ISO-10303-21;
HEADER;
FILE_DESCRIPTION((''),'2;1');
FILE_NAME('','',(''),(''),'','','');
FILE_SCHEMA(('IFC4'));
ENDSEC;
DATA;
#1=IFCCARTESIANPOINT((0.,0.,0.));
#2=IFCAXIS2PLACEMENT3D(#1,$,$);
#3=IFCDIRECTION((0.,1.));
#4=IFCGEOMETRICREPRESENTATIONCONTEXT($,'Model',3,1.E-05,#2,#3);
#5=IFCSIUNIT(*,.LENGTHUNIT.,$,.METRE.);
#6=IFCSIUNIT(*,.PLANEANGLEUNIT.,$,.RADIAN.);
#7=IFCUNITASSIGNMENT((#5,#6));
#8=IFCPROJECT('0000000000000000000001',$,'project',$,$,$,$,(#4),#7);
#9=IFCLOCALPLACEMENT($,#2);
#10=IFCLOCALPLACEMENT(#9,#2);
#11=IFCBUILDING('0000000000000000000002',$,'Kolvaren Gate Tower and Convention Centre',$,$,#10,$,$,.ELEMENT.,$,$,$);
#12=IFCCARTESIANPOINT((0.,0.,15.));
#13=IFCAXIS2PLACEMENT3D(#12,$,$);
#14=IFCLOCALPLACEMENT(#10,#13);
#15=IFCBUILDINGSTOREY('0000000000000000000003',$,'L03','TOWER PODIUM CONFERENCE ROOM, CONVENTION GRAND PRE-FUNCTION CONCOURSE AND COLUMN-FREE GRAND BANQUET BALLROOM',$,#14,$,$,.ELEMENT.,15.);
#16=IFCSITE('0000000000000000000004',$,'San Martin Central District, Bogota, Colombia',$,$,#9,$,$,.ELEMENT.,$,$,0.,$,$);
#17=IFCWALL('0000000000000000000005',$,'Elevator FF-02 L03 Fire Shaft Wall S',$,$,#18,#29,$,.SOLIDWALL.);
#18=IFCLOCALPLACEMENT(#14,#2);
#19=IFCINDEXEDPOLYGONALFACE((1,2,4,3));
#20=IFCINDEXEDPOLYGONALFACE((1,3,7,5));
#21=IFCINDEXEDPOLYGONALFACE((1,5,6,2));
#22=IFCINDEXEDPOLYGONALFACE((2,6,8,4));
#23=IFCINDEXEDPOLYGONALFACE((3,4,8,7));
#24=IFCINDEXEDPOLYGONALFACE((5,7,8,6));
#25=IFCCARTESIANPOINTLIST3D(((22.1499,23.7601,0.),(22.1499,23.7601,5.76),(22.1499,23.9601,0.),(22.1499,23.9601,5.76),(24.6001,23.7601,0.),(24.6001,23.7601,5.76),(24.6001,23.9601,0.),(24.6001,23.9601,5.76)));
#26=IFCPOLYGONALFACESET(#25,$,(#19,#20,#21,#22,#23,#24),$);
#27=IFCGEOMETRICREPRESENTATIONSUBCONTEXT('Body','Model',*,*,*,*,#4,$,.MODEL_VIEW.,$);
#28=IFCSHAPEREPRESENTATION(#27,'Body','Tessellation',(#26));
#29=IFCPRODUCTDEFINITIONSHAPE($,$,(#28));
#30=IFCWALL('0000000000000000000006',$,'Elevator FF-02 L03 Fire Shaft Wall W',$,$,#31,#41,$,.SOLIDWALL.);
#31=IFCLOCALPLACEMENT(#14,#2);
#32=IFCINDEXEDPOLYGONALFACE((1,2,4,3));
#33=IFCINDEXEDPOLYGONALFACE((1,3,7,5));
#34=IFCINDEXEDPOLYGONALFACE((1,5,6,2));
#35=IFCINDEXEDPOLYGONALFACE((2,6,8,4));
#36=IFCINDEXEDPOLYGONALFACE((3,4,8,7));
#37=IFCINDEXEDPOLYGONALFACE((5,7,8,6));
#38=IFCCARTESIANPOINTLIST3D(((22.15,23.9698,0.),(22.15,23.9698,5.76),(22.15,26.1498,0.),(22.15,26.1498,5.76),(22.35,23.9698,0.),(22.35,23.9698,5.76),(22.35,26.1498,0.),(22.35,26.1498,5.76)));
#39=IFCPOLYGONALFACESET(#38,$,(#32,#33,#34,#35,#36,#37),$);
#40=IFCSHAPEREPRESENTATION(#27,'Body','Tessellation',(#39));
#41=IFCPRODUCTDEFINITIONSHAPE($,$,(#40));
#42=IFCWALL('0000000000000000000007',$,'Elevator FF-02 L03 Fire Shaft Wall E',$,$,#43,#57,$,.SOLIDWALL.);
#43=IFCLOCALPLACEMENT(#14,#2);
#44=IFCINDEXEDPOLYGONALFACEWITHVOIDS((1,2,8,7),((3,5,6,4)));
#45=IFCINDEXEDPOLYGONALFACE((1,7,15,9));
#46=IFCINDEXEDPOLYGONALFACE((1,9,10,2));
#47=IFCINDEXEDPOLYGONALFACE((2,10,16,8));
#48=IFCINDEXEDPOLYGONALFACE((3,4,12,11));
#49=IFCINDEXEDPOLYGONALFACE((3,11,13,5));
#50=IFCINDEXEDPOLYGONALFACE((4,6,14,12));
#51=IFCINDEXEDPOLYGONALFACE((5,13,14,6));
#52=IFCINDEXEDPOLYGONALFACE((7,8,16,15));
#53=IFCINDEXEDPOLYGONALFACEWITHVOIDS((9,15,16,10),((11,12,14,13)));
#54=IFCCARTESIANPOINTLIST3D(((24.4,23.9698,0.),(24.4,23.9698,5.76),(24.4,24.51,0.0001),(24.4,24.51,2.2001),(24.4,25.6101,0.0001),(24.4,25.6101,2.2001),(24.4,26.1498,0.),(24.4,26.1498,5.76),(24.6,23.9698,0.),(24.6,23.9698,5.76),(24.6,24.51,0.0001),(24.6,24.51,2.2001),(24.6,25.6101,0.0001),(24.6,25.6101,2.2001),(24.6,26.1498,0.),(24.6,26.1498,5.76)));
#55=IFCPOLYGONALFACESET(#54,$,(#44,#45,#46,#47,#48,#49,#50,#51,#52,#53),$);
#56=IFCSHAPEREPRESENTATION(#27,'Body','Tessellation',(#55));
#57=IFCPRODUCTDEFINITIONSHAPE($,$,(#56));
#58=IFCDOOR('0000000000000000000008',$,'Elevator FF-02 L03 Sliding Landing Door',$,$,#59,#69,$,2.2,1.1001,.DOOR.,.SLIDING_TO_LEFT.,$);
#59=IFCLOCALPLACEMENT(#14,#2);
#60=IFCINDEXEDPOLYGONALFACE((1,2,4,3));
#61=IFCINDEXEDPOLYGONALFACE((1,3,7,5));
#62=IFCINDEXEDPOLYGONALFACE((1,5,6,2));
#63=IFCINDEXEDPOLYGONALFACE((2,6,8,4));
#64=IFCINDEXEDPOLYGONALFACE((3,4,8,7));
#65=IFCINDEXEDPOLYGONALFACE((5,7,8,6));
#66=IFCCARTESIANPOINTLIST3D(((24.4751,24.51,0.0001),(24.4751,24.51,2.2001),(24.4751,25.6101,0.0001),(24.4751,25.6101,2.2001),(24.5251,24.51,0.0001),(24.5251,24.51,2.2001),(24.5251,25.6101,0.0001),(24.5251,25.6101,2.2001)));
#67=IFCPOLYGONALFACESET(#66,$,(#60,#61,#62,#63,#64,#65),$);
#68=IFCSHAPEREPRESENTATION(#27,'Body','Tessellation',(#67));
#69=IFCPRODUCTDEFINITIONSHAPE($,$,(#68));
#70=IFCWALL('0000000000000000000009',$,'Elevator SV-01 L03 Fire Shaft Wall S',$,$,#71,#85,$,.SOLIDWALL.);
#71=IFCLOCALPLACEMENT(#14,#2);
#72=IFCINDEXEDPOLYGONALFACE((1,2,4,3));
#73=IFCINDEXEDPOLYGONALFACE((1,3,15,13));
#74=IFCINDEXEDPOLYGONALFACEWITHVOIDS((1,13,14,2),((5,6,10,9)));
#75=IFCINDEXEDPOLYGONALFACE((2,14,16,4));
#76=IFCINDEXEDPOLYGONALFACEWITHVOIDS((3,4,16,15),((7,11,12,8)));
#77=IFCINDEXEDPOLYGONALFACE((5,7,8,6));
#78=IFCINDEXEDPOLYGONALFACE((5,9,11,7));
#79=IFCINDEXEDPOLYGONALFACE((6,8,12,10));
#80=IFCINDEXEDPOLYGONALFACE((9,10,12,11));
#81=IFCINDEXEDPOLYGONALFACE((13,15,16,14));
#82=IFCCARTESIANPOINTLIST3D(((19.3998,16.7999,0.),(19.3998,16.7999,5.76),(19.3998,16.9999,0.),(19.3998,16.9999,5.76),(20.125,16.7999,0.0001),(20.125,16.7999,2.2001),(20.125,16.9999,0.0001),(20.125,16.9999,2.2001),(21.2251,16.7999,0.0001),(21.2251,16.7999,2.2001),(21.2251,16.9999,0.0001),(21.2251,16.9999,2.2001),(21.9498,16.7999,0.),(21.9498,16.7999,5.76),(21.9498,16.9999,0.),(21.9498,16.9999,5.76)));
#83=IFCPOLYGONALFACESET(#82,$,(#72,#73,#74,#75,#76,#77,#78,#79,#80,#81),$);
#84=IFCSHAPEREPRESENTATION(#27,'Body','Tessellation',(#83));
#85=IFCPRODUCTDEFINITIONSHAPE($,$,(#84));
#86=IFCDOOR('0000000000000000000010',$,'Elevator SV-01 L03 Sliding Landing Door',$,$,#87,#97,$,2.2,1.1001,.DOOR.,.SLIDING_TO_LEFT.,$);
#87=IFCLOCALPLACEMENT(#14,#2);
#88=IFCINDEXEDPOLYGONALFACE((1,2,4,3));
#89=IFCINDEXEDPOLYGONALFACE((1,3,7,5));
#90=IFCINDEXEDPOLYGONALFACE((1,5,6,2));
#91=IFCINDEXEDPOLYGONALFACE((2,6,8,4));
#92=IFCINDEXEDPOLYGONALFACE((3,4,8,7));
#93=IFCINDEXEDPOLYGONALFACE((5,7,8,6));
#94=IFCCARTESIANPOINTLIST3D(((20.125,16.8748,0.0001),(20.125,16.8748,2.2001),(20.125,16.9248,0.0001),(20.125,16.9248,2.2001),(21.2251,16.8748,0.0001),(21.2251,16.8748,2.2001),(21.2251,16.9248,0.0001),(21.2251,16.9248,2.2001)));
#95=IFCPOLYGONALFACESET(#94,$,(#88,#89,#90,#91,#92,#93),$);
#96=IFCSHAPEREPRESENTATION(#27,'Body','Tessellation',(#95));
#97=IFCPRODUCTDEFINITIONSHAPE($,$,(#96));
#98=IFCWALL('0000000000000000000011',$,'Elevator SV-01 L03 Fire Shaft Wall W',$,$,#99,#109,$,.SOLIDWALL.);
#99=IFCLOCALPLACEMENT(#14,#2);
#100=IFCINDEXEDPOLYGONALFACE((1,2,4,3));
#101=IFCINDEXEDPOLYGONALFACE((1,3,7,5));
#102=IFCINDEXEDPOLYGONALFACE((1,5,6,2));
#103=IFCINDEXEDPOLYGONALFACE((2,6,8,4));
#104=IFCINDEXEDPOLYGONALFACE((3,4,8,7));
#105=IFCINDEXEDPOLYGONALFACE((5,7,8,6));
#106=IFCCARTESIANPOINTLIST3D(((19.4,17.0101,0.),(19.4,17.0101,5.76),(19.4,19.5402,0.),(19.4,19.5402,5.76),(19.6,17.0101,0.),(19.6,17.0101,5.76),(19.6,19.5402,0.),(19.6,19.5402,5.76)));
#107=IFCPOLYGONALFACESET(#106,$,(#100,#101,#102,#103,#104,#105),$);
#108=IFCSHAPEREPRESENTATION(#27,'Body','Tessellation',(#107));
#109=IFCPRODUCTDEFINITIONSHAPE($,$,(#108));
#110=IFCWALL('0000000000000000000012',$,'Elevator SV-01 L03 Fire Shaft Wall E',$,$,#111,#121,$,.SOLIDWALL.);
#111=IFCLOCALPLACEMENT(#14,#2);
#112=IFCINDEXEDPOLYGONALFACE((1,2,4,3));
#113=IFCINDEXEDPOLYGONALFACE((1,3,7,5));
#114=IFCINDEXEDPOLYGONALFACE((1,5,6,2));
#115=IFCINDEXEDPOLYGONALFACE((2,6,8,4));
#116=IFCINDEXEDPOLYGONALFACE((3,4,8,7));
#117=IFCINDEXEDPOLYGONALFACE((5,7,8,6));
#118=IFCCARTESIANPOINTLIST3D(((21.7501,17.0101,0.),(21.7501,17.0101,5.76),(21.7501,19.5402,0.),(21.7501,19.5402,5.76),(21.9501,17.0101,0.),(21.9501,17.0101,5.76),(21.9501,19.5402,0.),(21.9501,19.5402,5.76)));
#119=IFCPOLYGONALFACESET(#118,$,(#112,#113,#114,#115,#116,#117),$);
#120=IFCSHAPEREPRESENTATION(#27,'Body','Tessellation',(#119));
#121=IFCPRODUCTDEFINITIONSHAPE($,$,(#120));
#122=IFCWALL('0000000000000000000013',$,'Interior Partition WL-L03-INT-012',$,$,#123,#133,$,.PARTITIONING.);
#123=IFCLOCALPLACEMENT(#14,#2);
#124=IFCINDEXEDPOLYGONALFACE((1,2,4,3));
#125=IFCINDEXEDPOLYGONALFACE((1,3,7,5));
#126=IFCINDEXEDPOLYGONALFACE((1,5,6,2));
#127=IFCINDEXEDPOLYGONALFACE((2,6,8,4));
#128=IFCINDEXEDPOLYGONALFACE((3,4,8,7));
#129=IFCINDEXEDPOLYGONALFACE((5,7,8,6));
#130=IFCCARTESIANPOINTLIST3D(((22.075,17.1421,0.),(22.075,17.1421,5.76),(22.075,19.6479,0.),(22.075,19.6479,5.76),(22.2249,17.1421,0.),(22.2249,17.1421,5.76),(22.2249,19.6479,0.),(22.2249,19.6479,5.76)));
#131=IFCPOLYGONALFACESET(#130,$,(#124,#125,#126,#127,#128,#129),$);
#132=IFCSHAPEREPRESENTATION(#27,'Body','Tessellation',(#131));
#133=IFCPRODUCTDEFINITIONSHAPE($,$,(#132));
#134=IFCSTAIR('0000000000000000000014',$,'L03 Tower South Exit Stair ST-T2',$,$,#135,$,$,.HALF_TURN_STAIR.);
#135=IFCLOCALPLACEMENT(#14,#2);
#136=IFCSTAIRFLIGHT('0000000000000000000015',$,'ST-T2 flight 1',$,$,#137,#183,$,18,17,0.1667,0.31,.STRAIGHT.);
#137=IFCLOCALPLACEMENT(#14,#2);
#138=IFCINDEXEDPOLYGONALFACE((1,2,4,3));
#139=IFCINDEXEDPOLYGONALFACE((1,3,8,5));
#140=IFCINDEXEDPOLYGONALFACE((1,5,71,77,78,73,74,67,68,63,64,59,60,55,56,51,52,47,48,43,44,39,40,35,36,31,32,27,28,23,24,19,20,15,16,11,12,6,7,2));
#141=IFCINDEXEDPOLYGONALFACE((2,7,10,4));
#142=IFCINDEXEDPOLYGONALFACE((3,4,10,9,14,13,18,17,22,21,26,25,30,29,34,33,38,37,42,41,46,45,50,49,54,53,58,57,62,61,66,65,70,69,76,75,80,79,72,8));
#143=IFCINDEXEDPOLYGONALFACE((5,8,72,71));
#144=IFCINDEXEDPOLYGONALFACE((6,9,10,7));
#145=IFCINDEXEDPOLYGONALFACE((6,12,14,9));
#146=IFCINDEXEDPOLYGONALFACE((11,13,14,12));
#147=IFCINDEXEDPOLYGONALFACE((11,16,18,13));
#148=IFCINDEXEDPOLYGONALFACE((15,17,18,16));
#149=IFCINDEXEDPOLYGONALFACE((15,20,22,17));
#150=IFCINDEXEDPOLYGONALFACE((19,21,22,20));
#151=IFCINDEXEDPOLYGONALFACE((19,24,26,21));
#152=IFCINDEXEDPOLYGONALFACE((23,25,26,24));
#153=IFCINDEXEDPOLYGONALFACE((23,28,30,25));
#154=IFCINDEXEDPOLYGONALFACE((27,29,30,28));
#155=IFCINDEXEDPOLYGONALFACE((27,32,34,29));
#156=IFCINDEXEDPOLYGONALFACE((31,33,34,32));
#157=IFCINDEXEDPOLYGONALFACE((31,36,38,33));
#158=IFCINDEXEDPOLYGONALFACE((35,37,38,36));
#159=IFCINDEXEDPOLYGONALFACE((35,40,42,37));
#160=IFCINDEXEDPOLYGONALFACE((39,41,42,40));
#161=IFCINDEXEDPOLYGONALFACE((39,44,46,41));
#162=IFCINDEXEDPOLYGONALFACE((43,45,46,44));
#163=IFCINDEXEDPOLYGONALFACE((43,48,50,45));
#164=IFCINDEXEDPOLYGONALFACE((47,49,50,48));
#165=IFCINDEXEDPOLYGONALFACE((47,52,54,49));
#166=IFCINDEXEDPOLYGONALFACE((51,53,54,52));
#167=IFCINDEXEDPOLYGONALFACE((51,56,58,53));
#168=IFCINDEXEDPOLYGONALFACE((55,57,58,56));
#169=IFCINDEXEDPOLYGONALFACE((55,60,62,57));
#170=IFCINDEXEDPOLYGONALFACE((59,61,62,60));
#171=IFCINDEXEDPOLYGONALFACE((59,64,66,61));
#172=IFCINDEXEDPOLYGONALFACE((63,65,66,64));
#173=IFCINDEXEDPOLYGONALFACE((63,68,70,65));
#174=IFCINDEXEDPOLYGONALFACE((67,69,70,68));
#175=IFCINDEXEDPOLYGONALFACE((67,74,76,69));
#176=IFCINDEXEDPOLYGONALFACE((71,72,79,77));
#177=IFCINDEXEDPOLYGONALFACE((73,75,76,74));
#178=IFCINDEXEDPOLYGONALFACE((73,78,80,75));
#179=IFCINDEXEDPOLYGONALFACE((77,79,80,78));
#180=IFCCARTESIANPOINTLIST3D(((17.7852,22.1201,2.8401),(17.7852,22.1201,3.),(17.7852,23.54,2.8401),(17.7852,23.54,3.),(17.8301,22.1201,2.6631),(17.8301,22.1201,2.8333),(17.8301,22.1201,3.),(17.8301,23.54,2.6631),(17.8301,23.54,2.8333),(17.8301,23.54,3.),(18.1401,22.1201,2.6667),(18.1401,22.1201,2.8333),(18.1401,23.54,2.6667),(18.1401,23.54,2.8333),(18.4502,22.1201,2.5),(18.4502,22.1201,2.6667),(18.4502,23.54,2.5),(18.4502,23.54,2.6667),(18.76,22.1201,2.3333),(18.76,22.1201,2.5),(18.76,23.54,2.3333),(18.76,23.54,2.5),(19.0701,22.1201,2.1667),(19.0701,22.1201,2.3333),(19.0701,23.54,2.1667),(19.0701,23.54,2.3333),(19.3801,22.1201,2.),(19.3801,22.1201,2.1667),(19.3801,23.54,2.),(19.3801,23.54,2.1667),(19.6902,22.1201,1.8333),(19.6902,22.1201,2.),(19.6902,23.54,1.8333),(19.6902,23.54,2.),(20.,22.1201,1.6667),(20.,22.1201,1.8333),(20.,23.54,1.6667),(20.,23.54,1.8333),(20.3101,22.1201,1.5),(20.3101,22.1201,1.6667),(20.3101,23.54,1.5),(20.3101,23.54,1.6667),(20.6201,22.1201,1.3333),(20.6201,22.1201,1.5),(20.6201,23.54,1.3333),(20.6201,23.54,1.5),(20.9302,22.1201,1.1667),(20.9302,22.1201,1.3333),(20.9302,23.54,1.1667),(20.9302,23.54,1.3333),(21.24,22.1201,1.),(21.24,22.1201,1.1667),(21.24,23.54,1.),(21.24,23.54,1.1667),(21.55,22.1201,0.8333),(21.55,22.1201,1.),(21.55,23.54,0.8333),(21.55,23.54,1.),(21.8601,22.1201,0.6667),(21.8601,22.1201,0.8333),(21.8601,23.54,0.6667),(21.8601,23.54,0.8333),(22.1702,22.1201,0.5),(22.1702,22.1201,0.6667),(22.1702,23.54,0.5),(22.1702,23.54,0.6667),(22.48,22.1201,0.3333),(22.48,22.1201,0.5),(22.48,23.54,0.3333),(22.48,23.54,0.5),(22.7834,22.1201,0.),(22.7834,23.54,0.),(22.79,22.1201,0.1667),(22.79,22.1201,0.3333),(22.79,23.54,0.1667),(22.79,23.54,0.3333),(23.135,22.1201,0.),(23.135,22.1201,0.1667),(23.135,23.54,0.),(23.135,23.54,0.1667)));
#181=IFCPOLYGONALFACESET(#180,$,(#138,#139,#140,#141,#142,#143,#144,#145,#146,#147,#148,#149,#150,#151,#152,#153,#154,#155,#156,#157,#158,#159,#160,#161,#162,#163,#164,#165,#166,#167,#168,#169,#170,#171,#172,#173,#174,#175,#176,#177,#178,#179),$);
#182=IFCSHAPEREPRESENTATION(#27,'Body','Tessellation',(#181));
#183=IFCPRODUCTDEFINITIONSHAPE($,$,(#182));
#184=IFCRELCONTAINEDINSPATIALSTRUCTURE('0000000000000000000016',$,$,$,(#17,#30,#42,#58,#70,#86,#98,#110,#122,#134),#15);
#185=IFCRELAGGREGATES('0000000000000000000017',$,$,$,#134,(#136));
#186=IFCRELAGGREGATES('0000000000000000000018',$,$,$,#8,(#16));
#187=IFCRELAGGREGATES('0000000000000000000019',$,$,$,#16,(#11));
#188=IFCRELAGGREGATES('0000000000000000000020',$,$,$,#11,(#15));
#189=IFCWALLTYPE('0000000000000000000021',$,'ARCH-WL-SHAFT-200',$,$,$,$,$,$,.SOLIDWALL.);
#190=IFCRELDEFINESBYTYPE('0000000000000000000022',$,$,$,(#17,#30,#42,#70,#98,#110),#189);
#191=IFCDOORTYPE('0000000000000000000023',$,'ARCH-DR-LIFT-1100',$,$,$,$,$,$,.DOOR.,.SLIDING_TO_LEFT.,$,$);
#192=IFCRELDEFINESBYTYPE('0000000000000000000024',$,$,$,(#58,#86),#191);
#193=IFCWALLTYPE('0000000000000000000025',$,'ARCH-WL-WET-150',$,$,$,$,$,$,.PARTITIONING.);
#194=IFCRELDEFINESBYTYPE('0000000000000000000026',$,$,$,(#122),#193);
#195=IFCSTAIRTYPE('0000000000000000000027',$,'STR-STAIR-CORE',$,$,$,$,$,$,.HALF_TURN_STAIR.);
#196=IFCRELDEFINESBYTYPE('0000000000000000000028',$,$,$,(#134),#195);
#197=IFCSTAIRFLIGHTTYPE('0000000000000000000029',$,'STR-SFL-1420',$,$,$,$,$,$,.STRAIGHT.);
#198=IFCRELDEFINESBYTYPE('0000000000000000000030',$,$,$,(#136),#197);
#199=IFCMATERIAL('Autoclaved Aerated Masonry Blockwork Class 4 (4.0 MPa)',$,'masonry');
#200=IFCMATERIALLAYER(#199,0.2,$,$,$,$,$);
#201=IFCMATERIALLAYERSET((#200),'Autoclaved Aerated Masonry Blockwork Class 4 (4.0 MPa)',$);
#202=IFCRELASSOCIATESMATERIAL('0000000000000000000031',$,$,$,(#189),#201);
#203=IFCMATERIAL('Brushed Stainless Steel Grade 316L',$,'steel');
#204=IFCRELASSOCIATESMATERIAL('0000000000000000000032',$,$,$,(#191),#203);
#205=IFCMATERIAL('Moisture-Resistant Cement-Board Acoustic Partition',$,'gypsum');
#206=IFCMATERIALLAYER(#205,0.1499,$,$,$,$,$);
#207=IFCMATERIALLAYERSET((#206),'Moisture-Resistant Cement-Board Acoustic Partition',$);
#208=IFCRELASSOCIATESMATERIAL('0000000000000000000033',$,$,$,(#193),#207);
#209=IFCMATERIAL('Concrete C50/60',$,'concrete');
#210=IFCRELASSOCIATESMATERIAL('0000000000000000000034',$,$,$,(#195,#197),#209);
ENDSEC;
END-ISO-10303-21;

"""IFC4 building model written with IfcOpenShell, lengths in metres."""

from ifc_helpers import new_model, si_unit, direction, frame, frame_2d, origin, place, context, subcontext, project, spatial, polyline, rectangle, outline, extrude, material, layer, layer_set, type_object, element, fill, aggregate, save


model = new_model("IFC4")

# Units and contexts
model_context = context("Model", 3, precision=1e-05, world=origin(), true_north=direction((0.0, 1.0)))
body_context = subcontext(model_context, "Body", "Model", "MODEL_VIEW")
ifc_project = project(units=[si_unit("LENGTHUNIT", "METRE"), si_unit("PLANEANGLEUNIT", "RADIAN")], contexts=[model_context])

# Site, building, storey
site_placement = place(None, origin())
site = spatial("IfcSite", under=ifc_project, at=site_placement, Name="San Martin Central District, Bogota, Colombia", CompositionType="ELEMENT", RefElevation=0.0)
building_placement = place(site_placement, origin())
building = spatial("IfcBuilding", under=site, at=building_placement, Name="Kolvaren Gate Tower and Convention Centre", CompositionType="ELEMENT")
storey_placement = place(building_placement, frame((0.0, 0.0, 15.0)))
storey = spatial("IfcBuildingStorey", under=building, at=storey_placement, Name="L03", Description="TOWER PODIUM CONFERENCE ROOM, CONVENTION GRAND PRE-FUNCTION CONCOURSE AND COLUMN-FREE GRAND BANQUET BALLROOM", CompositionType="ELEMENT", Elevation=15.0)

# Walls
ifc_material_1 = material(Name="Autoclaved Aerated Masonry Blockwork Class 4 (4.0 MPa)", Category="masonry")
ifc_layer_1 = layer(ifc_material_1, 0.2)
ifc_layer_set_1 = layer_set([ifc_layer_1], Name="Autoclaved Aerated Masonry Blockwork Class 4 (4.0 MPa)")
wall_type_1 = type_object("IfcWallType", Name="ARCH-WL-SHAFT-200", PredefinedType="SOLIDWALL", material=ifc_layer_set_1)
for number, where, z_axis, x_axis, name in (
    (1, (22.1499, 23.8601, 0.0), (0.0, 0.0, 1.0), (1.0, 0.0, 0.0), "Elevator FF-02 L03 Fire Shaft Wall S"),
):
    element("IfcWall", number, at=place(storey_placement, frame(where, z_axis=z_axis, x_axis=x_axis)), inside=storey, type_object=wall_type_1, Name=name, PredefinedType="SOLIDWALL", context=body_context, shape_type="SweptSolid", body=[
        extrude(rectangle(XDim=2.4502, YDim=0.2, at=frame_2d((1.2251, 0.0))), origin(), (0.0, 0.0, 1.0), 5.76),
    ])
wall_1_placement = place(storey_placement, frame((22.25, 23.97, 0.0), z_axis=(0.0, 0.0, 1.0), x_axis=(0.0, 1.0, 0.0)))
element("IfcWall", 2, at=wall_1_placement, inside=storey, type_object=wall_type_1, Name="Elevator FF-02 L03 Fire Shaft Wall W", PredefinedType="SOLIDWALL", context=body_context, shape_type="SweptSolid", body=[
    extrude(rectangle(XDim=2.1799, YDim=0.2, at=frame_2d((1.0898, 0.0))), origin(), (0.0, 0.0, 1.0), 5.76),
])

# Walls, openings, doors
wall_2_placement = place(storey_placement, frame((24.5, 23.97, 0.0), z_axis=(0.0, 0.0, 1.0), x_axis=(0.0, 1.0, 0.0)))
wall_2 = element("IfcWall", 3, at=wall_2_placement, inside=storey, type_object=wall_type_1, Name="Elevator FF-02 L03 Fire Shaft Wall E", PredefinedType="SOLIDWALL", context=body_context, shape_type="SweptSolid", body=[
    extrude(rectangle(XDim=2.1799, YDim=0.2, at=frame_2d((1.0898, 0.0))), origin(), (0.0, 0.0, 1.0), 5.76),
])
opening_1_placement = place(wall_2_placement, frame((0.54, 0.0, 0.0)))
opening_1 = element("IfcOpeningElement", 4, at=opening_1_placement, cuts=wall_2, PredefinedType="OPENING", context=body_context, shape_type="SweptSolid", body=[
    extrude(rectangle(XDim=1.1001, YDim=2.2, at=frame_2d((0.55, 1.1001))), frame((0.0, 0.1099, 0.0), z_axis=(0.0, -1.0, 0.0), x_axis=(1.0, 0.0, 0.0)), (0.0, 0.0, 1.0), 0.22),
])
ifc_material_2 = material(Name="Brushed Stainless Steel Grade 316L", Category="steel")
door_type = type_object("IfcDoorType", Name="ARCH-DR-LIFT-1100", OperationType="SLIDING_TO_LEFT", PredefinedType="DOOR", material=ifc_material_2)
door_1_placement = place(opening_1_placement, origin())
door_1 = element("IfcDoor", 5, at=door_1_placement, inside=storey, type_object=door_type, Name="Elevator FF-02 L03 Sliding Landing Door", OperationType="SLIDING_TO_LEFT", OverallHeight=2.2, OverallWidth=1.1001, PredefinedType="DOOR", context=body_context, shape_type="SweptSolid", body=[
    extrude(rectangle(XDim=1.1001, YDim=2.2, at=frame_2d((0.55, 1.1001))), frame((0.0, 0.0249, 0.0), z_axis=(0.0, -1.0, 0.0), x_axis=(1.0, 0.0, 0.0)), (0.0, 0.0, 1.0), 0.05),
])
fill(opening_1, door_1)
wall_3_placement = place(storey_placement, frame((19.3999, 16.8999, 0.0), z_axis=(0.0, 0.0, 1.0), x_axis=(1.0, 0.0, 0.0)))
wall_3 = element("IfcWall", 6, at=wall_3_placement, inside=storey, type_object=wall_type_1, Name="Elevator SV-01 L03 Fire Shaft Wall S", PredefinedType="SOLIDWALL", context=body_context, shape_type="SweptSolid", body=[
    extrude(rectangle(XDim=2.55, YDim=0.2, at=frame_2d((1.2749, 0.0))), origin(), (0.0, 0.0, 1.0), 5.76),
])
opening_2_placement = place(wall_3_placement, frame((0.7251, 0.0, 0.0)))
opening_2 = element("IfcOpeningElement", 7, at=opening_2_placement, cuts=wall_3, PredefinedType="OPENING", context=body_context, shape_type="SweptSolid", body=[
    extrude(rectangle(XDim=1.1001, YDim=2.2, at=frame_2d((0.55, 1.1001))), frame((0.0, 0.1099, 0.0), z_axis=(0.0, -1.0, 0.0), x_axis=(1.0, 0.0, 0.0)), (0.0, 0.0, 1.0), 0.22),
])
door_2_placement = place(opening_2_placement, origin())
door_2 = element("IfcDoor", 8, at=door_2_placement, inside=storey, type_object=door_type, Name="Elevator SV-01 L03 Sliding Landing Door", OperationType="SLIDING_TO_LEFT", OverallHeight=2.2, OverallWidth=1.1001, PredefinedType="DOOR", context=body_context, shape_type="SweptSolid", body=[
    extrude(rectangle(XDim=1.1001, YDim=2.2, at=frame_2d((0.55, 1.1001))), frame((0.0, 0.0249, 0.0), z_axis=(0.0, -1.0, 0.0), x_axis=(1.0, 0.0, 0.0)), (0.0, 0.0, 1.0), 0.05),
])
fill(opening_2, door_2)

# Walls
for number, where, z_axis, x_axis, name in (
    (9, (19.5, 17.01, 0.0), (0.0, 0.0, 1.0), (0.0, 1.0, 0.0), "Elevator SV-01 L03 Fire Shaft Wall W"),
    (10, (21.8501, 17.01, 0.0), (0.0, 0.0, 1.0), (0.0, 1.0, 0.0), "Elevator SV-01 L03 Fire Shaft Wall E"),
):
    element("IfcWall", number, at=place(storey_placement, frame(where, z_axis=z_axis, x_axis=x_axis)), inside=storey, type_object=wall_type_1, Name=name, PredefinedType="SOLIDWALL", context=body_context, shape_type="SweptSolid", body=[
        extrude(rectangle(XDim=2.53, YDim=0.2, at=frame_2d((1.2651, 0.0))), origin(), (0.0, 0.0, 1.0), 5.76),
    ])
ifc_material_3 = material(Name="Moisture-Resistant Cement-Board Acoustic Partition", Category="gypsum")
ifc_layer_2 = layer(ifc_material_3, 0.1499)
ifc_layer_set_2 = layer_set([ifc_layer_2], Name="Moisture-Resistant Cement-Board Acoustic Partition")
wall_type_2 = type_object("IfcWallType", Name="ARCH-WL-WET-150", PredefinedType="PARTITIONING", material=ifc_layer_set_2)
wall_4_placement = place(storey_placement, frame((22.1499, 17.1421, 0.0), z_axis=(0.0, 0.0, 1.0), x_axis=(0.0, 1.0, 0.0)))
element("IfcWall", 11, at=wall_4_placement, inside=storey, type_object=wall_type_2, Name="Interior Partition WL-L03-INT-012", PredefinedType="PARTITIONING", context=body_context, shape_type="SweptSolid", body=[
    extrude(rectangle(XDim=2.5059, YDim=0.1499, at=frame_2d((1.2529, 0.0))), origin(), (0.0, 0.0, 1.0), 5.76),
])

# Stair, stair flight
ifc_material_4 = material(Name="Concrete C50/60", Category="concrete")
stair_type = type_object("IfcStairType", Name="STR-STAIR-CORE", PredefinedType="HALF_TURN_STAIR", material=ifc_material_4)
stair_placement = place(storey_placement, origin())
stair = element("IfcStair", 12, at=stair_placement, inside=storey, type_object=stair_type, Name="L03 Tower South Exit Stair ST-T2", PredefinedType="HALF_TURN_STAIR")
stair_flight_type = type_object("IfcStairFlightType", Name="STR-SFL-1420", PredefinedType="STRAIGHT", material=ifc_material_4)
stair_flight_placement = place(storey_placement, frame((23.1001, 22.8301, 0.0), z_axis=(0.0, 0.0, 1.0), x_axis=(-1.0, 0.0, 0.0)))
stair_flight = element("IfcStairFlight", 13, at=stair_flight_placement, type_object=stair_flight_type, Name="ST-T2 flight 1", NumberOfRisers=18, NumberOfTreads=17, PredefinedType="STRAIGHT", RiserHeight=0.1667, TreadLength=0.31, context=body_context, shape_type="SweptSolid", body=[
    extrude(outline(polyline([(-0.0349, 0.0), (-0.0349, 0.1667), (0.3101, 0.1667), (0.3101, 0.3333), (0.6201, 0.3333), (0.6201, 0.5), (0.9299, 0.5), (0.9299, 0.6667), (1.24, 0.6667), (1.24, 0.8333), (1.55, 0.8333), (1.55, 1.0), (1.8601, 1.0), (1.8601, 1.1667), (2.1699, 1.1667), (2.1699, 1.3333), (2.48, 1.3333), (2.48, 1.5), (2.79, 1.5), (2.79, 1.6667), (3.1001, 1.6667), (3.1001, 1.8333), (3.4099, 1.8333), (3.4099, 2.0), (3.72, 2.0), (3.72, 2.1667), (4.03, 2.1667), (4.03, 2.3333), (4.3401, 2.3333), (4.3401, 2.5), (4.6499, 2.5), (4.6499, 2.6667), (4.96, 2.6667), (4.96, 2.8333), (5.27, 2.8333), (5.27, 3.0), (5.3149, 3.0), (5.3149, 2.8401), (5.27, 2.6631), (0.3167, 0.0), (-0.0349, 0.0)])), frame((0.0, 0.71, 0.0), z_axis=(0.0, -1.0, 0.0), x_axis=(1.0, 0.0, 0.0)), (0.0, 0.0, 1.0), 1.4199),
])
aggregate(stair, [stair_flight])

save(model, "model.ifc")
